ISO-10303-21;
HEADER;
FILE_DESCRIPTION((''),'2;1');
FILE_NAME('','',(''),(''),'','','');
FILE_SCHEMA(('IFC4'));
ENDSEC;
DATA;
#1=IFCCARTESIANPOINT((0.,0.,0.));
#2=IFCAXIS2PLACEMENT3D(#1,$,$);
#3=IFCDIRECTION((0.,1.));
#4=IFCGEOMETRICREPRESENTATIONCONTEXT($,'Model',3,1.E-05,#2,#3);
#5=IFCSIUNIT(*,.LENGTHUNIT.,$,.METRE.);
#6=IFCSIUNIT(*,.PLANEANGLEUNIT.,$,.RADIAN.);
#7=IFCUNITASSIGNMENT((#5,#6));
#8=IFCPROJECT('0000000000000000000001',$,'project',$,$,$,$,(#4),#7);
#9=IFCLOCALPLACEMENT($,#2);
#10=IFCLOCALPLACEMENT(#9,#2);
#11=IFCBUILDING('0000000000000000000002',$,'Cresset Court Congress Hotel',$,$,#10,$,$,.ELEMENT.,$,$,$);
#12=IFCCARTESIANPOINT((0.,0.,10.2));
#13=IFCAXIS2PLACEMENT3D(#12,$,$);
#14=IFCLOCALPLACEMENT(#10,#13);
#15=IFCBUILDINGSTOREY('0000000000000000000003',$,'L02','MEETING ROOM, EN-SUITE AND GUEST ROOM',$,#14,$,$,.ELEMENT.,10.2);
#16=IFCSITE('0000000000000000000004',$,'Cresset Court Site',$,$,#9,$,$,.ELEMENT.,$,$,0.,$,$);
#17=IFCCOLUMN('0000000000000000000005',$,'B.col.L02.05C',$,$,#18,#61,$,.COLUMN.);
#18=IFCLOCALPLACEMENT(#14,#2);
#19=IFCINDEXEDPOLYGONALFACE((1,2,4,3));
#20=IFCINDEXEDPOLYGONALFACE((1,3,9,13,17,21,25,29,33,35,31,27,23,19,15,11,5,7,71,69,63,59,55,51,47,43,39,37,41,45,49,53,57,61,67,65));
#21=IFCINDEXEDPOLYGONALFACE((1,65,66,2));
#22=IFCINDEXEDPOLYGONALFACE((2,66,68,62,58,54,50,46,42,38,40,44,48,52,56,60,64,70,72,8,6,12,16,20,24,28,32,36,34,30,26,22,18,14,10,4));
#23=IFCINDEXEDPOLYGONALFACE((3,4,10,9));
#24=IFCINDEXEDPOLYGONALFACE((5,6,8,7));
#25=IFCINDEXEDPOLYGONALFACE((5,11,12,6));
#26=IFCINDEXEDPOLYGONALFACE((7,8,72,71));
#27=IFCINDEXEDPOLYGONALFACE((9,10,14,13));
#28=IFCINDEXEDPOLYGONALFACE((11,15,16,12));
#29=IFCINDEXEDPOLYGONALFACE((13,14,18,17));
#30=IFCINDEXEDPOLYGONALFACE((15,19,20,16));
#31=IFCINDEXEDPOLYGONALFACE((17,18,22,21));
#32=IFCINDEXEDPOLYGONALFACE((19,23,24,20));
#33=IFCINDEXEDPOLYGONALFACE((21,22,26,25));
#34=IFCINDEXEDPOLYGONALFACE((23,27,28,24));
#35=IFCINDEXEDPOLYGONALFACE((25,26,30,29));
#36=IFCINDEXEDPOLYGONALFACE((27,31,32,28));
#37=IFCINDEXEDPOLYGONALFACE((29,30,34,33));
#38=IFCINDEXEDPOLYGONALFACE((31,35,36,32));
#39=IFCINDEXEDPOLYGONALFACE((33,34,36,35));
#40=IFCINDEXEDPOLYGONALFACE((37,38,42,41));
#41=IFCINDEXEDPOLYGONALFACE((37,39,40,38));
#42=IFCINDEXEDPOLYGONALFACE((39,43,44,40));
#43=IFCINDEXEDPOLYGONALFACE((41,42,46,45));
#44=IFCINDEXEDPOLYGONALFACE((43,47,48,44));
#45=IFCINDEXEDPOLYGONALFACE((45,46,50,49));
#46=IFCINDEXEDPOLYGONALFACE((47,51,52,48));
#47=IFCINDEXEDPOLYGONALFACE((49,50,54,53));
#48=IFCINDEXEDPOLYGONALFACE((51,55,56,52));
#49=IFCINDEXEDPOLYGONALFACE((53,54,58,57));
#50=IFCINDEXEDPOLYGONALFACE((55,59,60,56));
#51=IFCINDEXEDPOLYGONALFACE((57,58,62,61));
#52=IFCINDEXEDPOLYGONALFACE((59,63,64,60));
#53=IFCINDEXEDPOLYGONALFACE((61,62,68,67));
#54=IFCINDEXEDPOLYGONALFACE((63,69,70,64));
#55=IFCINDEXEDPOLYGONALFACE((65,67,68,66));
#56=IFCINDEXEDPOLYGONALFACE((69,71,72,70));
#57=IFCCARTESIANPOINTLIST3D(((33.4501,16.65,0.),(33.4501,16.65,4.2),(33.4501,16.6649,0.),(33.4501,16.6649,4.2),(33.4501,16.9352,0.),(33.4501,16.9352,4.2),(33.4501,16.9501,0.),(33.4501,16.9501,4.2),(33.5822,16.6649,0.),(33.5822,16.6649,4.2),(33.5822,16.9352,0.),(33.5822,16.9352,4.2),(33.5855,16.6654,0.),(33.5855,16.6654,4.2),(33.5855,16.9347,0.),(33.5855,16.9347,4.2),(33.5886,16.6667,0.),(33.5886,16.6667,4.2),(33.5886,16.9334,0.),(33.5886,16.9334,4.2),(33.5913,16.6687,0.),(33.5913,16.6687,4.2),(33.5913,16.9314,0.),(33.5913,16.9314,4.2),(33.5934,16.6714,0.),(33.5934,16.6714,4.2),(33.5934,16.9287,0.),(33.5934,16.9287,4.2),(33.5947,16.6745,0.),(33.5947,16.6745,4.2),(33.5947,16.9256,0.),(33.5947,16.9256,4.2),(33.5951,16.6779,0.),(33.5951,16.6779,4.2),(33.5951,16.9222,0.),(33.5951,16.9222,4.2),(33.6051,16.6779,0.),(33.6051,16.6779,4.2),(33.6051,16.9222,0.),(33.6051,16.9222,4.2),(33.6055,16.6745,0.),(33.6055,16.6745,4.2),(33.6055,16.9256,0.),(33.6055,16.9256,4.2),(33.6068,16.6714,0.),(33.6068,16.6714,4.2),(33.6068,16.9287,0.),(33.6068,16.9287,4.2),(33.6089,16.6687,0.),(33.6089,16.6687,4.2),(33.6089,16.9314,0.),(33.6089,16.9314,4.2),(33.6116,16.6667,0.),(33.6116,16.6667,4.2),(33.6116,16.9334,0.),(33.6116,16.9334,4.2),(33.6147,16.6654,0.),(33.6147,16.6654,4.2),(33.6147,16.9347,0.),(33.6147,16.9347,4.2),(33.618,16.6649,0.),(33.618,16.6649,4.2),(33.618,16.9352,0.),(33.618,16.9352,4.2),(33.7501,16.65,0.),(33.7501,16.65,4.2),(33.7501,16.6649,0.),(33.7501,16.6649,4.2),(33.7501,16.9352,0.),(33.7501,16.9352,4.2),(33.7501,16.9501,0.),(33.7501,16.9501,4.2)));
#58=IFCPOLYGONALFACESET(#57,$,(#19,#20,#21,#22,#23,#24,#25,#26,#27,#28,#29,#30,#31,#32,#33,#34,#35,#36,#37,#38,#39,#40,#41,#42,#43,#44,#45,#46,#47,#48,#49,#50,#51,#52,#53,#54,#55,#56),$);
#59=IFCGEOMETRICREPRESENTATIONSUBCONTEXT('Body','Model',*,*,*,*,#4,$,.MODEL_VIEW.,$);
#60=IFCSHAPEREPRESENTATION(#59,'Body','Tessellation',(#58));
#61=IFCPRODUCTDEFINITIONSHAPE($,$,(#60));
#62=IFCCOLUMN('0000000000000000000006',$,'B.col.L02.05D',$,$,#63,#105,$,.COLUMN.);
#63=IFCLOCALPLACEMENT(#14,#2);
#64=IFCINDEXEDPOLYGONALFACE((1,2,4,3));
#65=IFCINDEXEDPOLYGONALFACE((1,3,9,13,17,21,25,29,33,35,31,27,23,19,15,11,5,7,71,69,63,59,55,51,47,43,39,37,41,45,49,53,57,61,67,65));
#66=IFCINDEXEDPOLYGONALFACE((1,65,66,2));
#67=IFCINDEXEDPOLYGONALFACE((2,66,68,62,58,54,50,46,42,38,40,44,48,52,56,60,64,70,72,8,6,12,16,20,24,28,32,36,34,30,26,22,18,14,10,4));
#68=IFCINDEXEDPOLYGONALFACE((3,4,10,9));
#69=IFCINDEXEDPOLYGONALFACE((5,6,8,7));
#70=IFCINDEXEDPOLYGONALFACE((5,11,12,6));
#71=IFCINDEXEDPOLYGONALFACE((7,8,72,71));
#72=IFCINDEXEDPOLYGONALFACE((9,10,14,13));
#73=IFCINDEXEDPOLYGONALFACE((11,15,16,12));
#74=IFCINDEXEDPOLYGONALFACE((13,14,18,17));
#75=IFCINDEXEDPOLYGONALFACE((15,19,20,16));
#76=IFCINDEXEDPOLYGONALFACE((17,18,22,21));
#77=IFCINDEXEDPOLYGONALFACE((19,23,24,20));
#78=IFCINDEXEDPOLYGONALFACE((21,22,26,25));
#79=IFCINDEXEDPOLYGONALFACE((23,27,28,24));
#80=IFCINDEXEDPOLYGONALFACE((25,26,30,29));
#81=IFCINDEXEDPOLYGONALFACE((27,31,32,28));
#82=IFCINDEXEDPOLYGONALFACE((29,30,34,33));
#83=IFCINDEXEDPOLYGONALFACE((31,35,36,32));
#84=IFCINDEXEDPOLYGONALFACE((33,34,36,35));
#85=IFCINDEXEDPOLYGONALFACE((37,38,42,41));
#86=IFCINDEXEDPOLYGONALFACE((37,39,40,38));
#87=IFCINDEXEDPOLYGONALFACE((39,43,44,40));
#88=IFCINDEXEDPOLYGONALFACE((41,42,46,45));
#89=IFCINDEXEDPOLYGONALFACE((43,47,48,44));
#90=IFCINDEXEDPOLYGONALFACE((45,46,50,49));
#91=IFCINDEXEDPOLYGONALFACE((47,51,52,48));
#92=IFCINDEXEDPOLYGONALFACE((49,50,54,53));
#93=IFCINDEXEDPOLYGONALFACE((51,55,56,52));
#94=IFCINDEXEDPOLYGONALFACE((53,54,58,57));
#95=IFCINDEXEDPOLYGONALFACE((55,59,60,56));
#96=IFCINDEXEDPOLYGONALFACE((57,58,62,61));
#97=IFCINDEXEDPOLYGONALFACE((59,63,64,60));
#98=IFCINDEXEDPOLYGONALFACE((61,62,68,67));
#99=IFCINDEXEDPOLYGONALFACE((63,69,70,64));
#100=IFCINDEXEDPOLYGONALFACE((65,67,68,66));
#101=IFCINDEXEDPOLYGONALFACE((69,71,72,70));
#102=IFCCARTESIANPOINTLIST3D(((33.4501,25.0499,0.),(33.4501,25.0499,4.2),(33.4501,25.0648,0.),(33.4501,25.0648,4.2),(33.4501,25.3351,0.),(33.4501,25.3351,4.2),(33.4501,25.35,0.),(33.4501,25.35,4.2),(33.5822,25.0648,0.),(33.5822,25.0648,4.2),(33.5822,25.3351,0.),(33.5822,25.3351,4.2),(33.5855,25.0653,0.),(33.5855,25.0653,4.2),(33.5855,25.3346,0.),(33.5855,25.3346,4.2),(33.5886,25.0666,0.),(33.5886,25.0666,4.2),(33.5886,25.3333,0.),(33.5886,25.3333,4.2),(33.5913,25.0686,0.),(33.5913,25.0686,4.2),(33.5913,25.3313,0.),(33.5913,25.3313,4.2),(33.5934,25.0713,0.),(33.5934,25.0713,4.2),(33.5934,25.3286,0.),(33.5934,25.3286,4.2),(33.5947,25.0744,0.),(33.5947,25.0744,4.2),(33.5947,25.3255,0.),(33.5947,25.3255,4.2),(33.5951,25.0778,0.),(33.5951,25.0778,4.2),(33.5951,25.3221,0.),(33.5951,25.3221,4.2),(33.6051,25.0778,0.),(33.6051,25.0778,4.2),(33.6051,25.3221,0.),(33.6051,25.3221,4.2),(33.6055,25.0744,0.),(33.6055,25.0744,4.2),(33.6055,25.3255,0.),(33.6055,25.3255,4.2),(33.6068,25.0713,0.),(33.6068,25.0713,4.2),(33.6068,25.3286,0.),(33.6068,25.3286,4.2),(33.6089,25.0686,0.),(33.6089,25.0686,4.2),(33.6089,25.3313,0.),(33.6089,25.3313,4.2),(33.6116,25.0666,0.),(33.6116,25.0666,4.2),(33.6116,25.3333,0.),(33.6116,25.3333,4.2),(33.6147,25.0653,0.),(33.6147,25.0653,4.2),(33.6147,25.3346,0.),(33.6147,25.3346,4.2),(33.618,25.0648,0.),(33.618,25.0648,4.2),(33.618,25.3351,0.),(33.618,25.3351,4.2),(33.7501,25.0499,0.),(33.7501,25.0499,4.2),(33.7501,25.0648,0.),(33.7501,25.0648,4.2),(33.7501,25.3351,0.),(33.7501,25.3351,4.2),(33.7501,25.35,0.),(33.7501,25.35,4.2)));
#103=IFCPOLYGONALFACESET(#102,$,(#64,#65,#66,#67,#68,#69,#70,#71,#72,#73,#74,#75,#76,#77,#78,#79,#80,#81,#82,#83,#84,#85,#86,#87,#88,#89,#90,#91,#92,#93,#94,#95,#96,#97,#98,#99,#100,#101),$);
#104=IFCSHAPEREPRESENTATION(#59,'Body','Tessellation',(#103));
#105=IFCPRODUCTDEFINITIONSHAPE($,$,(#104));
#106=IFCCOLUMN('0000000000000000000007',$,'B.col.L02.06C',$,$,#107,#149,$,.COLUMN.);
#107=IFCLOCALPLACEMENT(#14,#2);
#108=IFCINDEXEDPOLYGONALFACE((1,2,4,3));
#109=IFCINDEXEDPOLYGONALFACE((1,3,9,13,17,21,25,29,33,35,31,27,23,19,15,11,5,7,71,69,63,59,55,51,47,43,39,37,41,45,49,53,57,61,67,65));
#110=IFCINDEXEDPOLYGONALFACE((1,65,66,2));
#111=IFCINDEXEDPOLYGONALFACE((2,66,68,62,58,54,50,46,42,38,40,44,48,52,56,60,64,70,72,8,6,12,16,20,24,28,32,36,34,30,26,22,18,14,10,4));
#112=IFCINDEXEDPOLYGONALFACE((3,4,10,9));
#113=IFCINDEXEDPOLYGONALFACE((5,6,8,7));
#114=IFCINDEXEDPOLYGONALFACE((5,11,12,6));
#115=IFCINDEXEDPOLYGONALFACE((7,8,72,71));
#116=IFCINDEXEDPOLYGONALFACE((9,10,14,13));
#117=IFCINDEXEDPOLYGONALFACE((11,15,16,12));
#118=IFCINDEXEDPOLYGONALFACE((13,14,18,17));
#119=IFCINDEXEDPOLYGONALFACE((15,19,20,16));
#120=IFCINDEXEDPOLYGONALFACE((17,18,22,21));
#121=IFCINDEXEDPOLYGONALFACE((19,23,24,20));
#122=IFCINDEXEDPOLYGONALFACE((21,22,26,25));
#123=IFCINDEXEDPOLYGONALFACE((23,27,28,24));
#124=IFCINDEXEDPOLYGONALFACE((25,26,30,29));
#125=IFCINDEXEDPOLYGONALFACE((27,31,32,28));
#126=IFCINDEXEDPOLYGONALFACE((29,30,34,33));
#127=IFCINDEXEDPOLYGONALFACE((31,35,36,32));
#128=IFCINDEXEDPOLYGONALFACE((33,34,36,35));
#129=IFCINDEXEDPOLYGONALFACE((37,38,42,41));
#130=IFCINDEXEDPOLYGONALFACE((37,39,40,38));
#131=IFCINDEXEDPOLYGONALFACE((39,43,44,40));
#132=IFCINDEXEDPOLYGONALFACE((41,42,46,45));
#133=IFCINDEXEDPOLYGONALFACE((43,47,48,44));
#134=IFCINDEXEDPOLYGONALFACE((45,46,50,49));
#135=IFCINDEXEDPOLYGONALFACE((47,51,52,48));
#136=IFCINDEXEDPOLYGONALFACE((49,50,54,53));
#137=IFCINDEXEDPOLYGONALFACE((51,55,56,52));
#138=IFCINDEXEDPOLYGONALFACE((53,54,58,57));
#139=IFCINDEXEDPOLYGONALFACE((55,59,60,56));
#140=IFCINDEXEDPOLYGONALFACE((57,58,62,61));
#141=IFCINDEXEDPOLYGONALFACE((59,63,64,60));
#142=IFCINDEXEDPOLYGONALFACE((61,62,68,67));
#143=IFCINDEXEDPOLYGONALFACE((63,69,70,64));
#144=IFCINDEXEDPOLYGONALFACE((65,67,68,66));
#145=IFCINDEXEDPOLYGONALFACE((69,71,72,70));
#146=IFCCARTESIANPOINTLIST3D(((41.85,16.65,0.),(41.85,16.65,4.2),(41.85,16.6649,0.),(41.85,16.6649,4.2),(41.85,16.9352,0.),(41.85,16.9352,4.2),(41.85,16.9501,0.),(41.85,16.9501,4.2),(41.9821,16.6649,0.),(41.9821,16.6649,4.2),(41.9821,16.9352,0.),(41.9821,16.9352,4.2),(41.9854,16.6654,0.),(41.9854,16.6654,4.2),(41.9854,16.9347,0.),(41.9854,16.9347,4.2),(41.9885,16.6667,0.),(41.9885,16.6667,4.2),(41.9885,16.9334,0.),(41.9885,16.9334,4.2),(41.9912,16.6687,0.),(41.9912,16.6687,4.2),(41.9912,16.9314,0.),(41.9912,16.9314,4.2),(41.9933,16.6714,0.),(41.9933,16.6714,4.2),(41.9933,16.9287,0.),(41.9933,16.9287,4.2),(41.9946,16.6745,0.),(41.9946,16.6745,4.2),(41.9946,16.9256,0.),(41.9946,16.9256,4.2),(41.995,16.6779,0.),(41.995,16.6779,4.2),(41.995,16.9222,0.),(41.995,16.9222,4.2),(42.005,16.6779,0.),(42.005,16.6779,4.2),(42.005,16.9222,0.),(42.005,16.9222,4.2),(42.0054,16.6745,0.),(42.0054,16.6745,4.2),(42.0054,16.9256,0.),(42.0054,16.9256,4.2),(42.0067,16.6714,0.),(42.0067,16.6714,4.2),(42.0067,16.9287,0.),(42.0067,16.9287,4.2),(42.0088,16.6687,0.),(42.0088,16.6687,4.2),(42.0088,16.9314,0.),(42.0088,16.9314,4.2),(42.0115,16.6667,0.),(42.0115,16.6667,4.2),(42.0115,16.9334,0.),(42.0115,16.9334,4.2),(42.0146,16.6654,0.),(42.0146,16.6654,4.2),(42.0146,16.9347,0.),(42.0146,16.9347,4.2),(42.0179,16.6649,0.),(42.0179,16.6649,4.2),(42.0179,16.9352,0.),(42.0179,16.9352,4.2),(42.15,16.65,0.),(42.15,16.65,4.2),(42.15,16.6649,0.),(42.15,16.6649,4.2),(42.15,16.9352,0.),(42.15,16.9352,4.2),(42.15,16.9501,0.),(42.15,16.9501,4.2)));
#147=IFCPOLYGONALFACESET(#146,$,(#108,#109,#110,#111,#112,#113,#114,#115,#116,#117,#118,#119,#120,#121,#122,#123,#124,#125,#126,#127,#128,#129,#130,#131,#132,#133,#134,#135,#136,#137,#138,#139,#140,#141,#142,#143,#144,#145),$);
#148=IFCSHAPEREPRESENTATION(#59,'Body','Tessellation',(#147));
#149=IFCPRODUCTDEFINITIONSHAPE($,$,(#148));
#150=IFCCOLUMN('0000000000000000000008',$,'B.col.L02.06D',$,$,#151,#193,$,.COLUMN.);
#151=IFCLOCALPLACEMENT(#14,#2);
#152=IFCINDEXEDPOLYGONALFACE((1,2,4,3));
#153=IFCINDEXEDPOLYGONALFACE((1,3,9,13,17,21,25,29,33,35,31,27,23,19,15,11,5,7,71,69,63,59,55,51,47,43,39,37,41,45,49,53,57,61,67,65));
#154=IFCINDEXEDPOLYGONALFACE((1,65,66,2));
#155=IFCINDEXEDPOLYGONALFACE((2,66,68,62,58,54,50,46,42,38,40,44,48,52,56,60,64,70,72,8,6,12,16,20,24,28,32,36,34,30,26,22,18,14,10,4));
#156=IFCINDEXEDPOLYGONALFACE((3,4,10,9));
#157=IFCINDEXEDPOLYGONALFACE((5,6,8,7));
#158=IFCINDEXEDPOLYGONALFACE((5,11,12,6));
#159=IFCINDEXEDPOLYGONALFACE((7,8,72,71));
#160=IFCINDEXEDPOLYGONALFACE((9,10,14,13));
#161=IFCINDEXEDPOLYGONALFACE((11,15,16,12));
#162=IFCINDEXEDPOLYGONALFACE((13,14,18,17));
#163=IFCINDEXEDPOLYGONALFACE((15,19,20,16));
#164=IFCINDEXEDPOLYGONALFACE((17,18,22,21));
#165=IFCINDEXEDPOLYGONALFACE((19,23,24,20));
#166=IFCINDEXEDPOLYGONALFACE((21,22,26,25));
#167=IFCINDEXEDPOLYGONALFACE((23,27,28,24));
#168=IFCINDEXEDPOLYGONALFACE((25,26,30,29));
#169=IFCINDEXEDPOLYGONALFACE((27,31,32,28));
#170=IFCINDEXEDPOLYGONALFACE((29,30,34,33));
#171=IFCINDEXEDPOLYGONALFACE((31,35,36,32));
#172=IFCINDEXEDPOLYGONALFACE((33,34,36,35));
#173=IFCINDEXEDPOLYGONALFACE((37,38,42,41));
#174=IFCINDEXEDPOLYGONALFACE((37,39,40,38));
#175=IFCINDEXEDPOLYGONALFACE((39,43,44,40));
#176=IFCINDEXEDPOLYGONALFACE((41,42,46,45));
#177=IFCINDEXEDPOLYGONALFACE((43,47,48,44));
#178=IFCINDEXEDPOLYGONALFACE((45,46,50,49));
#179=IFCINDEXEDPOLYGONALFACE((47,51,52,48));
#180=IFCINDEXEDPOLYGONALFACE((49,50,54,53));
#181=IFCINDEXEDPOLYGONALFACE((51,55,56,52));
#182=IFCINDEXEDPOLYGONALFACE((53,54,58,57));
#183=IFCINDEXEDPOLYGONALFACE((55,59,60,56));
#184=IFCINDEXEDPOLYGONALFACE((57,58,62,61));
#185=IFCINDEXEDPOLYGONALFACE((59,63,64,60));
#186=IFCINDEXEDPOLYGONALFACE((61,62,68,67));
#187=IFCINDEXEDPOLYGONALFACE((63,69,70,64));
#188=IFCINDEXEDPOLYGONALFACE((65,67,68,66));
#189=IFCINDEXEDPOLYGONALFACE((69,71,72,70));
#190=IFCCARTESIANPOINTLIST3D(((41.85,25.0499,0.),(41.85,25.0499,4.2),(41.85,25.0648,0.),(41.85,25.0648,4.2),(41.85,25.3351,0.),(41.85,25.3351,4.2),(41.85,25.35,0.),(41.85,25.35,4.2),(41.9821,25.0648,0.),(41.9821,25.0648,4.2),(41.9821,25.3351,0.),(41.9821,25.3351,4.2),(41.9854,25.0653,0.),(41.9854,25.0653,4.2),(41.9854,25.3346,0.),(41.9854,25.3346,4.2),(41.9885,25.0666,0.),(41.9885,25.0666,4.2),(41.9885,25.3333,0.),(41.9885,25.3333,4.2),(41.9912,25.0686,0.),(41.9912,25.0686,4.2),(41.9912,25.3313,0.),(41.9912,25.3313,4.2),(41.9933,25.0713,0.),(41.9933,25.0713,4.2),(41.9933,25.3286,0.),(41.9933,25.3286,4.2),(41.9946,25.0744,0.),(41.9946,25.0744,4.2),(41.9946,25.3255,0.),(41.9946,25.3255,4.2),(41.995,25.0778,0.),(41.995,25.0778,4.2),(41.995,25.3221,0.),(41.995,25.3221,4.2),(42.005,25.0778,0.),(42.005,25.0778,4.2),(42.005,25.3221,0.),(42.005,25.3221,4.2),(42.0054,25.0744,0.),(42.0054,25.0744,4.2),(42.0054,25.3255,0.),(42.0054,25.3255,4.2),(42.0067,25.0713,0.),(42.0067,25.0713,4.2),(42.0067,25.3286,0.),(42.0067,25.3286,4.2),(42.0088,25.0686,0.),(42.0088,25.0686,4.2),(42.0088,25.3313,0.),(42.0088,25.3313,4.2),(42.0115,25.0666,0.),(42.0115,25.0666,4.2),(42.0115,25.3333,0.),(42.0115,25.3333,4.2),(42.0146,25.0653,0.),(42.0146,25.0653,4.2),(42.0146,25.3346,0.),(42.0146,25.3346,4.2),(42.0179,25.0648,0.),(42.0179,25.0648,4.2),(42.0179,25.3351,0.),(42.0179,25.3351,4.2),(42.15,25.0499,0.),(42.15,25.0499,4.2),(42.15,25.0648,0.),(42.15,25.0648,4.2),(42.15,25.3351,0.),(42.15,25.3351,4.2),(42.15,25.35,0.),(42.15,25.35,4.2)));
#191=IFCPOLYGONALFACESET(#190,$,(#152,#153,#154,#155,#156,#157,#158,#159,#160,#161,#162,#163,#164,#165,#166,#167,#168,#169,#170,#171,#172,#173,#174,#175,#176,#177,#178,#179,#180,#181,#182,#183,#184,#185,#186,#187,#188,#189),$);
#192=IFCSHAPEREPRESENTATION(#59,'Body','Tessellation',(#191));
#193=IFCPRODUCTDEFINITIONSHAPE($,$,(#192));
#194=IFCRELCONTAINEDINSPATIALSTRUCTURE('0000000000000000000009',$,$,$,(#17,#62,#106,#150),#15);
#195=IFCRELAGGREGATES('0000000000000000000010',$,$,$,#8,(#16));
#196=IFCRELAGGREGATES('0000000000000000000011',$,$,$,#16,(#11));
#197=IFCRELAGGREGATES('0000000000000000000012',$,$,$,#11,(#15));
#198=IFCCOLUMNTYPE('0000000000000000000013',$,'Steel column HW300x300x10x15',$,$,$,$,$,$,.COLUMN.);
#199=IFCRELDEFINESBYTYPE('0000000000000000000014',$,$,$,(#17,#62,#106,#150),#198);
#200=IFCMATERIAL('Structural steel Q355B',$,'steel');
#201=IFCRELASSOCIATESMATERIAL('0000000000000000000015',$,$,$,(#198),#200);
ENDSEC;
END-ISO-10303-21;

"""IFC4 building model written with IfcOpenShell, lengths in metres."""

from ifc_helpers import new_model, si_unit, direction, frame, origin, origin_2d, place, context, subcontext, project, spatial, i_section, extrude, material, material_profile, profile_set, type_object, element, save


model = new_model("IFC4")

# Units and contexts
model_context = context("Model", 3, precision=1e-05, world=origin(), true_north=direction((0.0, 1.0)))
body_context = subcontext(model_context, "Body", "Model", "MODEL_VIEW")
ifc_project = project(units=[si_unit("LENGTHUNIT", "METRE"), si_unit("PLANEANGLEUNIT", "RADIAN")], contexts=[model_context])

# Site, building, storey
site_placement = place(None, origin())
site = spatial("IfcSite", under=ifc_project, at=site_placement, Name="Cresset Court Site", CompositionType="ELEMENT", RefElevation=0.0)
building_placement = place(site_placement, origin())
building = spatial("IfcBuilding", under=site, at=building_placement, Name="Cresset Court Congress Hotel", CompositionType="ELEMENT")
storey_placement = place(building_placement, frame((0.0, 0.0, 10.2)))
storey = spatial("IfcBuildingStorey", under=building, at=storey_placement, Name="L02", Description="MEETING ROOM, EN-SUITE AND GUEST ROOM", CompositionType="ELEMENT", Elevation=10.2)

# Columns
ifc_material_1 = material(Name="Structural steel Q355B", Category="steel")
ifc_material_profile_1 = material_profile(ifc_material_1, i_section(OverallWidth=0.3, OverallDepth=0.3, WebThickness=0.01, FlangeThickness=0.0149, FilletRadius=0.0129, at=origin_2d()), Name="HW300x300x10x15")
ifc_profile_set_1 = profile_set([ifc_material_profile_1], Name="Structural steel Q355B")
column_type = type_object("IfcColumnType", Name="Steel column HW300x300x10x15", PredefinedType="COLUMN", material=ifc_profile_set_1)
for number, where, z_axis, x_axis, name in (
    (1, (33.6001, 16.8, 0.0), (0.0, 0.0, 1.0), (1.0, 0.0, 0.0), "B.col.L02.05C"),
    (2, (33.6001, 25.2, 0.0), (0.0, 0.0, 1.0), (1.0, 0.0, 0.0), "B.col.L02.05D"),
    (3, (42.0, 16.8, 0.0), (0.0, 0.0, 1.0), (1.0, 0.0, 0.0), "B.col.L02.06C"),
    (4, (42.0, 25.2, 0.0), (0.0, 0.0, 1.0), (1.0, 0.0, 0.0), "B.col.L02.06D"),
):
    element("IfcColumn", number, at=place(storey_placement, frame(where, z_axis=z_axis, x_axis=x_axis)), inside=storey, type_object=column_type, Name=name, PredefinedType="COLUMN", context=body_context, shape_type="SweptSolid", body=[
        extrude(i_section(OverallWidth=0.3, OverallDepth=0.3, WebThickness=0.01, FlangeThickness=0.0149, FilletRadius=0.0129, at=origin_2d()), origin(), (0.0, 0.0, 1.0), 4.2),
    ])

save(model, "model.ifc")
